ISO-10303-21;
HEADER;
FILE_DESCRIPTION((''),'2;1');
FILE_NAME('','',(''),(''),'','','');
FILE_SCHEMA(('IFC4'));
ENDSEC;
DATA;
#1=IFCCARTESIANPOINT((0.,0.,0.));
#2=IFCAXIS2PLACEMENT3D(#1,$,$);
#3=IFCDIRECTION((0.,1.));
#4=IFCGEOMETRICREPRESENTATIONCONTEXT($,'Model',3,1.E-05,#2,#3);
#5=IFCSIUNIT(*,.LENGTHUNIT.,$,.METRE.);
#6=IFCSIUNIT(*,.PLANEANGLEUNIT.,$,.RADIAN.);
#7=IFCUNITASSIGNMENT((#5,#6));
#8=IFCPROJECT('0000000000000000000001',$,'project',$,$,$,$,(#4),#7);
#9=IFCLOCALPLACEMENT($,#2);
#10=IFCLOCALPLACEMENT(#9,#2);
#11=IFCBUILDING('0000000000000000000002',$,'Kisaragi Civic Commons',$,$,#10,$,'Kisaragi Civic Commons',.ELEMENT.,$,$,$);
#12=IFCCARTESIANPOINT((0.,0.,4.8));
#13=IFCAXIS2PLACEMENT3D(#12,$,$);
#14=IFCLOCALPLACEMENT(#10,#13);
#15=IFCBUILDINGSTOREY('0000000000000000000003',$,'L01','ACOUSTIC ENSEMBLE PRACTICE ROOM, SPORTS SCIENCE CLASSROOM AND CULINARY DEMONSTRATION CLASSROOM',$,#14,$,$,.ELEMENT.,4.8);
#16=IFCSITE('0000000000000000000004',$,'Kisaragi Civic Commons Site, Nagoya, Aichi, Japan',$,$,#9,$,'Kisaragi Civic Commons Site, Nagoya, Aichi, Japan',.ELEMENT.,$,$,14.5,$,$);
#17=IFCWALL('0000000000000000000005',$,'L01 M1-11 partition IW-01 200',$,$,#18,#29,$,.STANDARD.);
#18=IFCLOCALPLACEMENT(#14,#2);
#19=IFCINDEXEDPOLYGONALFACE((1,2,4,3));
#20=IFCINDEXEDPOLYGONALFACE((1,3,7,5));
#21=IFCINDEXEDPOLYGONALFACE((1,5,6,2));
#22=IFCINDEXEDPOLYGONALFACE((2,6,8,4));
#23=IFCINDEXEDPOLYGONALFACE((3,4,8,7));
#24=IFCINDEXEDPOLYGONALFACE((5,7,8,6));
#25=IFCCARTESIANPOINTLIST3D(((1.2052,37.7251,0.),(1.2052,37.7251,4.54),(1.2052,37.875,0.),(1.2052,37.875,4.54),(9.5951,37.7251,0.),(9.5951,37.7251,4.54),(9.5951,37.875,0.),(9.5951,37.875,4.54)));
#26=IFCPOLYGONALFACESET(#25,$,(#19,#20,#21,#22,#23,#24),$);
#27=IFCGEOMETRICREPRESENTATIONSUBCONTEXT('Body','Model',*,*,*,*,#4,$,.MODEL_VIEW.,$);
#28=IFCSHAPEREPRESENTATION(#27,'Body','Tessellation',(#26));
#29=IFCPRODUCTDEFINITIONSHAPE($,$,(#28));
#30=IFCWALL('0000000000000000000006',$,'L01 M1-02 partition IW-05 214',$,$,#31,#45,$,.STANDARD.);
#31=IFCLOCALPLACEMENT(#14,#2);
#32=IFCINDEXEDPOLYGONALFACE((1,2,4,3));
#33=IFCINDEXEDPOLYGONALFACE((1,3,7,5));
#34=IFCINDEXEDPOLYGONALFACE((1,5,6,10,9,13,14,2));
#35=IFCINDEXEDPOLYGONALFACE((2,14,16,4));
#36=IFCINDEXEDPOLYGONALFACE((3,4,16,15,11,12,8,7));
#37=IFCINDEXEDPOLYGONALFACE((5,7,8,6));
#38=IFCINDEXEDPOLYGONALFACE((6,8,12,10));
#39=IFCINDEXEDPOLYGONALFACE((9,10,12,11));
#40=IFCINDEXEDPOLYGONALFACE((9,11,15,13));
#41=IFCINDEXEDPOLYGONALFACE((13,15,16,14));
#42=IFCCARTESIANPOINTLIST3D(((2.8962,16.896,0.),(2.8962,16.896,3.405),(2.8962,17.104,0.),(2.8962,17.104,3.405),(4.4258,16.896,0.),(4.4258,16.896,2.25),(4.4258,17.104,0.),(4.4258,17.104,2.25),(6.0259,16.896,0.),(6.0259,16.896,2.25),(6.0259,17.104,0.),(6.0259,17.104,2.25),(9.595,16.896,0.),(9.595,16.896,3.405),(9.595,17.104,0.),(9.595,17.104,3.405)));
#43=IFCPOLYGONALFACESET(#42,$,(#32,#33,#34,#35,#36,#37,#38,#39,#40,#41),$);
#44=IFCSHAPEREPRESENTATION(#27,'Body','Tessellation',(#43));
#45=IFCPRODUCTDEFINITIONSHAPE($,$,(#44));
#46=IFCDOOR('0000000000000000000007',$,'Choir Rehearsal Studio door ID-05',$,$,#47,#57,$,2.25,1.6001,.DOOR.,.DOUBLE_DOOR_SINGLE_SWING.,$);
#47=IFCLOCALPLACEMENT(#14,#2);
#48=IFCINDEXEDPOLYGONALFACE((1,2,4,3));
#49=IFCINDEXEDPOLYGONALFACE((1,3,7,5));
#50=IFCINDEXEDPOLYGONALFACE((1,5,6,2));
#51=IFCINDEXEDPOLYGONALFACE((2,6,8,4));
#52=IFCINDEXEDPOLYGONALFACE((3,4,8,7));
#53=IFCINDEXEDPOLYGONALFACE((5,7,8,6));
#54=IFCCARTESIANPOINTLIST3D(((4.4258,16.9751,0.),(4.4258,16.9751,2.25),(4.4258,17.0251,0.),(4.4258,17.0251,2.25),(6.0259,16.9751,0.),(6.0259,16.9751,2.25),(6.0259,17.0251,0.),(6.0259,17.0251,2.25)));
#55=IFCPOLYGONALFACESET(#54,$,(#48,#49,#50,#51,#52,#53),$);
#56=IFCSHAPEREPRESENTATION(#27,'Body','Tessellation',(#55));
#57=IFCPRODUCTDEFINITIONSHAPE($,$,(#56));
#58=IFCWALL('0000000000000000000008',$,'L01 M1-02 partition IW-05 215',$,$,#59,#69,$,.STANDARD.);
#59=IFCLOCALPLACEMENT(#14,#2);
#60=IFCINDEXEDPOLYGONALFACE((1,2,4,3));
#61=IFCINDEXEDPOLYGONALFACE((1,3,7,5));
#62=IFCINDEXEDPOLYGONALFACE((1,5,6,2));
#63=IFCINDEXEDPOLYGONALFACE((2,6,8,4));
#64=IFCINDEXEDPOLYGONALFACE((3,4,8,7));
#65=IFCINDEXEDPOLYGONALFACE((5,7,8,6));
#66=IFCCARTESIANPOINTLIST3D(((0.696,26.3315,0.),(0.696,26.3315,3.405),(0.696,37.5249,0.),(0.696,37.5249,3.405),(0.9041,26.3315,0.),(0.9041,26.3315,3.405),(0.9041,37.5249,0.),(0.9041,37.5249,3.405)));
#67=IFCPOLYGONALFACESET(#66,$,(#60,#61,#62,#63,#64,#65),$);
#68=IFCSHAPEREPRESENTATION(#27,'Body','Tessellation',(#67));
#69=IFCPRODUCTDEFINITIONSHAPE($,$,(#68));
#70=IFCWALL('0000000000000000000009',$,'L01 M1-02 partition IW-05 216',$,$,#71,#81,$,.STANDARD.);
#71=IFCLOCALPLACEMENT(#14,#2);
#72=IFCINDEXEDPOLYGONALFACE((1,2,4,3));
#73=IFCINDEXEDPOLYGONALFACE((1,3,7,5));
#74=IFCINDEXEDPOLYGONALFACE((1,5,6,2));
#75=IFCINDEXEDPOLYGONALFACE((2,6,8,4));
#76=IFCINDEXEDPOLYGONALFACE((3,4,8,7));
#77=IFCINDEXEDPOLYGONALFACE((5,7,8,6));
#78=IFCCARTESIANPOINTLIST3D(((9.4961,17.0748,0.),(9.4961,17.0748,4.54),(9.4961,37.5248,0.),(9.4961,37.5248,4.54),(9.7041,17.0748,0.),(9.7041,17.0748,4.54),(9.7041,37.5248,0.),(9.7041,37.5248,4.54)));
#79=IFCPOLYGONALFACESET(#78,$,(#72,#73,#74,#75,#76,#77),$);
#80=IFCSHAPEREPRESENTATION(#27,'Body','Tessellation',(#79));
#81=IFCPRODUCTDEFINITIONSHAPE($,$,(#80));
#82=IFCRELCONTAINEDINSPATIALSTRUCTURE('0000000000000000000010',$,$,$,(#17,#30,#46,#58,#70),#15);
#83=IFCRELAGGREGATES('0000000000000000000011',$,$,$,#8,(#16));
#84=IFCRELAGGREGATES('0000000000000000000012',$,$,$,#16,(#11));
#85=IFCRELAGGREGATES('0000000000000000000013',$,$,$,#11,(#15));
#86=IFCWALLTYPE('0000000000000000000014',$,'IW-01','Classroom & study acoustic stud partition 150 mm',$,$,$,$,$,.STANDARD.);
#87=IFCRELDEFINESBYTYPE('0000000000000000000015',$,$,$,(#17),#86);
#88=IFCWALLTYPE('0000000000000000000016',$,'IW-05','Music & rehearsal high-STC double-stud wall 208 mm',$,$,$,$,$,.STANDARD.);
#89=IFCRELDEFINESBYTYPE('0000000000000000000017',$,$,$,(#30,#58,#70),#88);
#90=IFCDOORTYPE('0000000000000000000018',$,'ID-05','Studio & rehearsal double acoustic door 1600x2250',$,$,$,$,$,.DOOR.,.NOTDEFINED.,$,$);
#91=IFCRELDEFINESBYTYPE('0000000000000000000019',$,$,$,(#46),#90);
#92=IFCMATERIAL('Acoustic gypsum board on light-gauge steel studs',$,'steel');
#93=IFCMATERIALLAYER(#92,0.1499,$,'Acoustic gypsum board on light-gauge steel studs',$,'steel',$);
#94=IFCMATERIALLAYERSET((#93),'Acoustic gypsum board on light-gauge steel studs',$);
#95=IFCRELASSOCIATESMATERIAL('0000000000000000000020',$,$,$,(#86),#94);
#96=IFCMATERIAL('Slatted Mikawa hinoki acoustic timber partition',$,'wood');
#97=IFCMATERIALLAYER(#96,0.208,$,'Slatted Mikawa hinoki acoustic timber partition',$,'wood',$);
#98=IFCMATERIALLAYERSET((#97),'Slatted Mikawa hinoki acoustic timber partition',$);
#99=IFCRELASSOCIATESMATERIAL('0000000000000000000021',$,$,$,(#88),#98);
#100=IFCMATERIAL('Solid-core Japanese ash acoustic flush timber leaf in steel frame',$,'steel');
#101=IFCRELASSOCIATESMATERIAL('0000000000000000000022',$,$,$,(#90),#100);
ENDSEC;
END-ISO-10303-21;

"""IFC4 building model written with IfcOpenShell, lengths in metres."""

from ifc_helpers import new_model, si_unit, direction, frame, frame_2d, origin, place, context, subcontext, project, spatial, rectangle, extrude, material, layer, layer_set, type_object, element, fill, save


model = new_model("IFC4")

# Units and contexts
model_context = context("Model", 3, precision=1e-05, world=origin(), true_north=direction((0.0, 1.0)))
body_context = subcontext(model_context, "Body", "Model", "MODEL_VIEW")
ifc_project = project(units=[si_unit("LENGTHUNIT", "METRE"), si_unit("PLANEANGLEUNIT", "RADIAN")], contexts=[model_context])

# Site, building, storey
site_placement = place(None, origin())
site = spatial("IfcSite", under=ifc_project, at=site_placement, Name="Kisaragi Civic Commons Site, Nagoya, Aichi, Japan", LongName="Kisaragi Civic Commons Site, Nagoya, Aichi, Japan", CompositionType="ELEMENT", RefElevation=14.5)
building_placement = place(site_placement, origin())
building = spatial("IfcBuilding", under=site, at=building_placement, Name="Kisaragi Civic Commons", LongName="Kisaragi Civic Commons", CompositionType="ELEMENT")
storey_placement = place(building_placement, frame((0.0, 0.0, 4.8)))
storey = spatial("IfcBuildingStorey", under=building, at=storey_placement, Name="L01", Description="ACOUSTIC ENSEMBLE PRACTICE ROOM, SPORTS SCIENCE CLASSROOM AND CULINARY DEMONSTRATION CLASSROOM", CompositionType="ELEMENT", Elevation=4.8)

# Wall
ifc_material_1 = material(Name="Acoustic gypsum board on light-gauge steel studs", Category="steel")
ifc_layer_1 = layer(ifc_material_1, 0.1499, Name="Acoustic gypsum board on light-gauge steel studs", Category="steel")
ifc_layer_set_1 = layer_set([ifc_layer_1], Name="Acoustic gypsum board on light-gauge steel studs")
wall_type_1 = type_object("IfcWallType", Name="IW-01", Description="Classroom & study acoustic stud partition 150 mm", PredefinedType="STANDARD", material=ifc_layer_set_1)
wall_1_placement = place(storey_placement, frame((9.595, 37.8, 0.0), z_axis=(0.0, 0.0, 1.0), x_axis=(-1.0, 0.0, 0.0)))
element("IfcWall", 1, at=wall_1_placement, inside=storey, type_object=wall_type_1, Name="L01 M1-11 partition IW-01 200", PredefinedType="STANDARD", context=body_context, shape_type="SweptSolid", body=[
    extrude(rectangle(XDim=8.3899, YDim=0.1499, at=frame_2d((4.1948, 0.0))), origin(), (0.0, 0.0, 1.0), 4.54),
])

# Wall, opening, door
ifc_material_2 = material(Name="Slatted Mikawa hinoki acoustic timber partition", Category="wood")
ifc_layer_2 = layer(ifc_material_2, 0.208, Name="Slatted Mikawa hinoki acoustic timber partition", Category="wood")
ifc_layer_set_2 = layer_set([ifc_layer_2], Name="Slatted Mikawa hinoki acoustic timber partition")
wall_type_2 = type_object("IfcWallType", Name="IW-05", Description="Music & rehearsal high-STC double-stud wall 208 mm", PredefinedType="STANDARD", material=ifc_layer_set_2)
wall_2_placement = place(storey_placement, frame((9.595, 17.0, 0.0), z_axis=(0.0, 0.0, 1.0), x_axis=(-1.0, 0.0, 0.0)))
wall_2 = element("IfcWall", 2, at=wall_2_placement, inside=storey, type_object=wall_type_2, Name="L01 M1-02 partition IW-05 214", PredefinedType="STANDARD", context=body_context, shape_type="SweptSolid", body=[
    extrude(rectangle(XDim=6.6987, YDim=0.208, at=frame_2d((3.3494, 0.0))), origin(), (0.0, 0.0, 1.0), 3.405),
])
opening_1_placement = place(wall_2_placement, frame((3.5691, 0.0, 0.0)))
opening_1 = element("IfcOpeningElement", 3, at=opening_1_placement, cuts=wall_2, PredefinedType="OPENING", context=body_context, shape_type="SweptSolid", body=[
    extrude(rectangle(XDim=1.6001, YDim=2.25, at=frame_2d((0.8, 1.125))), frame((0.0, 0.114, 0.0), z_axis=(0.0, -1.0, 0.0), x_axis=(1.0, 0.0, 0.0)), (0.0, 0.0, 1.0), 0.228),
])
ifc_material_3 = material(Name="Solid-core Japanese ash acoustic flush timber leaf in steel frame", Category="steel")
door_type = type_object("IfcDoorType", Name="ID-05", Description="Studio & rehearsal double acoustic door 1600x2250", OperationType="NOTDEFINED", PredefinedType="DOOR", material=ifc_material_3)
door_placement = place(opening_1_placement, origin())
door = element("IfcDoor", 4, at=door_placement, inside=storey, type_object=door_type, Name="Choir Rehearsal Studio door ID-05", OperationType="DOUBLE_DOOR_SINGLE_SWING", OverallHeight=2.25, OverallWidth=1.6001, PredefinedType="DOOR", context=body_context, shape_type="SweptSolid", body=[
    extrude(rectangle(XDim=1.6001, YDim=2.25, at=frame_2d((0.8, 1.125))), frame((0.0, 0.0249, 0.0), z_axis=(0.0, -1.0, 0.0), x_axis=(1.0, 0.0, 0.0)), (0.0, 0.0, 1.0), 0.05),
])
fill(opening_1, door)

# Walls
wall_3_placement = place(storey_placement, frame((0.8, 26.3315, 0.0), z_axis=(0.0, 0.0, 1.0), x_axis=(0.0, 1.0, 0.0)))
element("IfcWall", 5, at=wall_3_placement, inside=storey, type_object=wall_type_2, Name="L01 M1-02 partition IW-05 215", PredefinedType="STANDARD", context=body_context, shape_type="SweptSolid", body=[
    extrude(rectangle(XDim=11.1934, YDim=0.208, at=frame_2d((5.5967, 0.0))), origin(), (0.0, 0.0, 1.0), 3.405),
])
wall_4_placement = place(storey_placement, frame((9.6001, 37.5249, 0.0), z_axis=(0.0, 0.0, 1.0), x_axis=(0.0, -1.0, 0.0)))
element("IfcWall", 6, at=wall_4_placement, inside=storey, type_object=wall_type_2, Name="L01 M1-02 partition IW-05 216", PredefinedType="STANDARD", context=body_context, shape_type="SweptSolid", body=[
    extrude(rectangle(XDim=20.45, YDim=0.208, at=frame_2d((10.2251, 0.0))), origin(), (0.0, 0.0, 1.0), 4.54),
])

save(model, "model.ifc")
